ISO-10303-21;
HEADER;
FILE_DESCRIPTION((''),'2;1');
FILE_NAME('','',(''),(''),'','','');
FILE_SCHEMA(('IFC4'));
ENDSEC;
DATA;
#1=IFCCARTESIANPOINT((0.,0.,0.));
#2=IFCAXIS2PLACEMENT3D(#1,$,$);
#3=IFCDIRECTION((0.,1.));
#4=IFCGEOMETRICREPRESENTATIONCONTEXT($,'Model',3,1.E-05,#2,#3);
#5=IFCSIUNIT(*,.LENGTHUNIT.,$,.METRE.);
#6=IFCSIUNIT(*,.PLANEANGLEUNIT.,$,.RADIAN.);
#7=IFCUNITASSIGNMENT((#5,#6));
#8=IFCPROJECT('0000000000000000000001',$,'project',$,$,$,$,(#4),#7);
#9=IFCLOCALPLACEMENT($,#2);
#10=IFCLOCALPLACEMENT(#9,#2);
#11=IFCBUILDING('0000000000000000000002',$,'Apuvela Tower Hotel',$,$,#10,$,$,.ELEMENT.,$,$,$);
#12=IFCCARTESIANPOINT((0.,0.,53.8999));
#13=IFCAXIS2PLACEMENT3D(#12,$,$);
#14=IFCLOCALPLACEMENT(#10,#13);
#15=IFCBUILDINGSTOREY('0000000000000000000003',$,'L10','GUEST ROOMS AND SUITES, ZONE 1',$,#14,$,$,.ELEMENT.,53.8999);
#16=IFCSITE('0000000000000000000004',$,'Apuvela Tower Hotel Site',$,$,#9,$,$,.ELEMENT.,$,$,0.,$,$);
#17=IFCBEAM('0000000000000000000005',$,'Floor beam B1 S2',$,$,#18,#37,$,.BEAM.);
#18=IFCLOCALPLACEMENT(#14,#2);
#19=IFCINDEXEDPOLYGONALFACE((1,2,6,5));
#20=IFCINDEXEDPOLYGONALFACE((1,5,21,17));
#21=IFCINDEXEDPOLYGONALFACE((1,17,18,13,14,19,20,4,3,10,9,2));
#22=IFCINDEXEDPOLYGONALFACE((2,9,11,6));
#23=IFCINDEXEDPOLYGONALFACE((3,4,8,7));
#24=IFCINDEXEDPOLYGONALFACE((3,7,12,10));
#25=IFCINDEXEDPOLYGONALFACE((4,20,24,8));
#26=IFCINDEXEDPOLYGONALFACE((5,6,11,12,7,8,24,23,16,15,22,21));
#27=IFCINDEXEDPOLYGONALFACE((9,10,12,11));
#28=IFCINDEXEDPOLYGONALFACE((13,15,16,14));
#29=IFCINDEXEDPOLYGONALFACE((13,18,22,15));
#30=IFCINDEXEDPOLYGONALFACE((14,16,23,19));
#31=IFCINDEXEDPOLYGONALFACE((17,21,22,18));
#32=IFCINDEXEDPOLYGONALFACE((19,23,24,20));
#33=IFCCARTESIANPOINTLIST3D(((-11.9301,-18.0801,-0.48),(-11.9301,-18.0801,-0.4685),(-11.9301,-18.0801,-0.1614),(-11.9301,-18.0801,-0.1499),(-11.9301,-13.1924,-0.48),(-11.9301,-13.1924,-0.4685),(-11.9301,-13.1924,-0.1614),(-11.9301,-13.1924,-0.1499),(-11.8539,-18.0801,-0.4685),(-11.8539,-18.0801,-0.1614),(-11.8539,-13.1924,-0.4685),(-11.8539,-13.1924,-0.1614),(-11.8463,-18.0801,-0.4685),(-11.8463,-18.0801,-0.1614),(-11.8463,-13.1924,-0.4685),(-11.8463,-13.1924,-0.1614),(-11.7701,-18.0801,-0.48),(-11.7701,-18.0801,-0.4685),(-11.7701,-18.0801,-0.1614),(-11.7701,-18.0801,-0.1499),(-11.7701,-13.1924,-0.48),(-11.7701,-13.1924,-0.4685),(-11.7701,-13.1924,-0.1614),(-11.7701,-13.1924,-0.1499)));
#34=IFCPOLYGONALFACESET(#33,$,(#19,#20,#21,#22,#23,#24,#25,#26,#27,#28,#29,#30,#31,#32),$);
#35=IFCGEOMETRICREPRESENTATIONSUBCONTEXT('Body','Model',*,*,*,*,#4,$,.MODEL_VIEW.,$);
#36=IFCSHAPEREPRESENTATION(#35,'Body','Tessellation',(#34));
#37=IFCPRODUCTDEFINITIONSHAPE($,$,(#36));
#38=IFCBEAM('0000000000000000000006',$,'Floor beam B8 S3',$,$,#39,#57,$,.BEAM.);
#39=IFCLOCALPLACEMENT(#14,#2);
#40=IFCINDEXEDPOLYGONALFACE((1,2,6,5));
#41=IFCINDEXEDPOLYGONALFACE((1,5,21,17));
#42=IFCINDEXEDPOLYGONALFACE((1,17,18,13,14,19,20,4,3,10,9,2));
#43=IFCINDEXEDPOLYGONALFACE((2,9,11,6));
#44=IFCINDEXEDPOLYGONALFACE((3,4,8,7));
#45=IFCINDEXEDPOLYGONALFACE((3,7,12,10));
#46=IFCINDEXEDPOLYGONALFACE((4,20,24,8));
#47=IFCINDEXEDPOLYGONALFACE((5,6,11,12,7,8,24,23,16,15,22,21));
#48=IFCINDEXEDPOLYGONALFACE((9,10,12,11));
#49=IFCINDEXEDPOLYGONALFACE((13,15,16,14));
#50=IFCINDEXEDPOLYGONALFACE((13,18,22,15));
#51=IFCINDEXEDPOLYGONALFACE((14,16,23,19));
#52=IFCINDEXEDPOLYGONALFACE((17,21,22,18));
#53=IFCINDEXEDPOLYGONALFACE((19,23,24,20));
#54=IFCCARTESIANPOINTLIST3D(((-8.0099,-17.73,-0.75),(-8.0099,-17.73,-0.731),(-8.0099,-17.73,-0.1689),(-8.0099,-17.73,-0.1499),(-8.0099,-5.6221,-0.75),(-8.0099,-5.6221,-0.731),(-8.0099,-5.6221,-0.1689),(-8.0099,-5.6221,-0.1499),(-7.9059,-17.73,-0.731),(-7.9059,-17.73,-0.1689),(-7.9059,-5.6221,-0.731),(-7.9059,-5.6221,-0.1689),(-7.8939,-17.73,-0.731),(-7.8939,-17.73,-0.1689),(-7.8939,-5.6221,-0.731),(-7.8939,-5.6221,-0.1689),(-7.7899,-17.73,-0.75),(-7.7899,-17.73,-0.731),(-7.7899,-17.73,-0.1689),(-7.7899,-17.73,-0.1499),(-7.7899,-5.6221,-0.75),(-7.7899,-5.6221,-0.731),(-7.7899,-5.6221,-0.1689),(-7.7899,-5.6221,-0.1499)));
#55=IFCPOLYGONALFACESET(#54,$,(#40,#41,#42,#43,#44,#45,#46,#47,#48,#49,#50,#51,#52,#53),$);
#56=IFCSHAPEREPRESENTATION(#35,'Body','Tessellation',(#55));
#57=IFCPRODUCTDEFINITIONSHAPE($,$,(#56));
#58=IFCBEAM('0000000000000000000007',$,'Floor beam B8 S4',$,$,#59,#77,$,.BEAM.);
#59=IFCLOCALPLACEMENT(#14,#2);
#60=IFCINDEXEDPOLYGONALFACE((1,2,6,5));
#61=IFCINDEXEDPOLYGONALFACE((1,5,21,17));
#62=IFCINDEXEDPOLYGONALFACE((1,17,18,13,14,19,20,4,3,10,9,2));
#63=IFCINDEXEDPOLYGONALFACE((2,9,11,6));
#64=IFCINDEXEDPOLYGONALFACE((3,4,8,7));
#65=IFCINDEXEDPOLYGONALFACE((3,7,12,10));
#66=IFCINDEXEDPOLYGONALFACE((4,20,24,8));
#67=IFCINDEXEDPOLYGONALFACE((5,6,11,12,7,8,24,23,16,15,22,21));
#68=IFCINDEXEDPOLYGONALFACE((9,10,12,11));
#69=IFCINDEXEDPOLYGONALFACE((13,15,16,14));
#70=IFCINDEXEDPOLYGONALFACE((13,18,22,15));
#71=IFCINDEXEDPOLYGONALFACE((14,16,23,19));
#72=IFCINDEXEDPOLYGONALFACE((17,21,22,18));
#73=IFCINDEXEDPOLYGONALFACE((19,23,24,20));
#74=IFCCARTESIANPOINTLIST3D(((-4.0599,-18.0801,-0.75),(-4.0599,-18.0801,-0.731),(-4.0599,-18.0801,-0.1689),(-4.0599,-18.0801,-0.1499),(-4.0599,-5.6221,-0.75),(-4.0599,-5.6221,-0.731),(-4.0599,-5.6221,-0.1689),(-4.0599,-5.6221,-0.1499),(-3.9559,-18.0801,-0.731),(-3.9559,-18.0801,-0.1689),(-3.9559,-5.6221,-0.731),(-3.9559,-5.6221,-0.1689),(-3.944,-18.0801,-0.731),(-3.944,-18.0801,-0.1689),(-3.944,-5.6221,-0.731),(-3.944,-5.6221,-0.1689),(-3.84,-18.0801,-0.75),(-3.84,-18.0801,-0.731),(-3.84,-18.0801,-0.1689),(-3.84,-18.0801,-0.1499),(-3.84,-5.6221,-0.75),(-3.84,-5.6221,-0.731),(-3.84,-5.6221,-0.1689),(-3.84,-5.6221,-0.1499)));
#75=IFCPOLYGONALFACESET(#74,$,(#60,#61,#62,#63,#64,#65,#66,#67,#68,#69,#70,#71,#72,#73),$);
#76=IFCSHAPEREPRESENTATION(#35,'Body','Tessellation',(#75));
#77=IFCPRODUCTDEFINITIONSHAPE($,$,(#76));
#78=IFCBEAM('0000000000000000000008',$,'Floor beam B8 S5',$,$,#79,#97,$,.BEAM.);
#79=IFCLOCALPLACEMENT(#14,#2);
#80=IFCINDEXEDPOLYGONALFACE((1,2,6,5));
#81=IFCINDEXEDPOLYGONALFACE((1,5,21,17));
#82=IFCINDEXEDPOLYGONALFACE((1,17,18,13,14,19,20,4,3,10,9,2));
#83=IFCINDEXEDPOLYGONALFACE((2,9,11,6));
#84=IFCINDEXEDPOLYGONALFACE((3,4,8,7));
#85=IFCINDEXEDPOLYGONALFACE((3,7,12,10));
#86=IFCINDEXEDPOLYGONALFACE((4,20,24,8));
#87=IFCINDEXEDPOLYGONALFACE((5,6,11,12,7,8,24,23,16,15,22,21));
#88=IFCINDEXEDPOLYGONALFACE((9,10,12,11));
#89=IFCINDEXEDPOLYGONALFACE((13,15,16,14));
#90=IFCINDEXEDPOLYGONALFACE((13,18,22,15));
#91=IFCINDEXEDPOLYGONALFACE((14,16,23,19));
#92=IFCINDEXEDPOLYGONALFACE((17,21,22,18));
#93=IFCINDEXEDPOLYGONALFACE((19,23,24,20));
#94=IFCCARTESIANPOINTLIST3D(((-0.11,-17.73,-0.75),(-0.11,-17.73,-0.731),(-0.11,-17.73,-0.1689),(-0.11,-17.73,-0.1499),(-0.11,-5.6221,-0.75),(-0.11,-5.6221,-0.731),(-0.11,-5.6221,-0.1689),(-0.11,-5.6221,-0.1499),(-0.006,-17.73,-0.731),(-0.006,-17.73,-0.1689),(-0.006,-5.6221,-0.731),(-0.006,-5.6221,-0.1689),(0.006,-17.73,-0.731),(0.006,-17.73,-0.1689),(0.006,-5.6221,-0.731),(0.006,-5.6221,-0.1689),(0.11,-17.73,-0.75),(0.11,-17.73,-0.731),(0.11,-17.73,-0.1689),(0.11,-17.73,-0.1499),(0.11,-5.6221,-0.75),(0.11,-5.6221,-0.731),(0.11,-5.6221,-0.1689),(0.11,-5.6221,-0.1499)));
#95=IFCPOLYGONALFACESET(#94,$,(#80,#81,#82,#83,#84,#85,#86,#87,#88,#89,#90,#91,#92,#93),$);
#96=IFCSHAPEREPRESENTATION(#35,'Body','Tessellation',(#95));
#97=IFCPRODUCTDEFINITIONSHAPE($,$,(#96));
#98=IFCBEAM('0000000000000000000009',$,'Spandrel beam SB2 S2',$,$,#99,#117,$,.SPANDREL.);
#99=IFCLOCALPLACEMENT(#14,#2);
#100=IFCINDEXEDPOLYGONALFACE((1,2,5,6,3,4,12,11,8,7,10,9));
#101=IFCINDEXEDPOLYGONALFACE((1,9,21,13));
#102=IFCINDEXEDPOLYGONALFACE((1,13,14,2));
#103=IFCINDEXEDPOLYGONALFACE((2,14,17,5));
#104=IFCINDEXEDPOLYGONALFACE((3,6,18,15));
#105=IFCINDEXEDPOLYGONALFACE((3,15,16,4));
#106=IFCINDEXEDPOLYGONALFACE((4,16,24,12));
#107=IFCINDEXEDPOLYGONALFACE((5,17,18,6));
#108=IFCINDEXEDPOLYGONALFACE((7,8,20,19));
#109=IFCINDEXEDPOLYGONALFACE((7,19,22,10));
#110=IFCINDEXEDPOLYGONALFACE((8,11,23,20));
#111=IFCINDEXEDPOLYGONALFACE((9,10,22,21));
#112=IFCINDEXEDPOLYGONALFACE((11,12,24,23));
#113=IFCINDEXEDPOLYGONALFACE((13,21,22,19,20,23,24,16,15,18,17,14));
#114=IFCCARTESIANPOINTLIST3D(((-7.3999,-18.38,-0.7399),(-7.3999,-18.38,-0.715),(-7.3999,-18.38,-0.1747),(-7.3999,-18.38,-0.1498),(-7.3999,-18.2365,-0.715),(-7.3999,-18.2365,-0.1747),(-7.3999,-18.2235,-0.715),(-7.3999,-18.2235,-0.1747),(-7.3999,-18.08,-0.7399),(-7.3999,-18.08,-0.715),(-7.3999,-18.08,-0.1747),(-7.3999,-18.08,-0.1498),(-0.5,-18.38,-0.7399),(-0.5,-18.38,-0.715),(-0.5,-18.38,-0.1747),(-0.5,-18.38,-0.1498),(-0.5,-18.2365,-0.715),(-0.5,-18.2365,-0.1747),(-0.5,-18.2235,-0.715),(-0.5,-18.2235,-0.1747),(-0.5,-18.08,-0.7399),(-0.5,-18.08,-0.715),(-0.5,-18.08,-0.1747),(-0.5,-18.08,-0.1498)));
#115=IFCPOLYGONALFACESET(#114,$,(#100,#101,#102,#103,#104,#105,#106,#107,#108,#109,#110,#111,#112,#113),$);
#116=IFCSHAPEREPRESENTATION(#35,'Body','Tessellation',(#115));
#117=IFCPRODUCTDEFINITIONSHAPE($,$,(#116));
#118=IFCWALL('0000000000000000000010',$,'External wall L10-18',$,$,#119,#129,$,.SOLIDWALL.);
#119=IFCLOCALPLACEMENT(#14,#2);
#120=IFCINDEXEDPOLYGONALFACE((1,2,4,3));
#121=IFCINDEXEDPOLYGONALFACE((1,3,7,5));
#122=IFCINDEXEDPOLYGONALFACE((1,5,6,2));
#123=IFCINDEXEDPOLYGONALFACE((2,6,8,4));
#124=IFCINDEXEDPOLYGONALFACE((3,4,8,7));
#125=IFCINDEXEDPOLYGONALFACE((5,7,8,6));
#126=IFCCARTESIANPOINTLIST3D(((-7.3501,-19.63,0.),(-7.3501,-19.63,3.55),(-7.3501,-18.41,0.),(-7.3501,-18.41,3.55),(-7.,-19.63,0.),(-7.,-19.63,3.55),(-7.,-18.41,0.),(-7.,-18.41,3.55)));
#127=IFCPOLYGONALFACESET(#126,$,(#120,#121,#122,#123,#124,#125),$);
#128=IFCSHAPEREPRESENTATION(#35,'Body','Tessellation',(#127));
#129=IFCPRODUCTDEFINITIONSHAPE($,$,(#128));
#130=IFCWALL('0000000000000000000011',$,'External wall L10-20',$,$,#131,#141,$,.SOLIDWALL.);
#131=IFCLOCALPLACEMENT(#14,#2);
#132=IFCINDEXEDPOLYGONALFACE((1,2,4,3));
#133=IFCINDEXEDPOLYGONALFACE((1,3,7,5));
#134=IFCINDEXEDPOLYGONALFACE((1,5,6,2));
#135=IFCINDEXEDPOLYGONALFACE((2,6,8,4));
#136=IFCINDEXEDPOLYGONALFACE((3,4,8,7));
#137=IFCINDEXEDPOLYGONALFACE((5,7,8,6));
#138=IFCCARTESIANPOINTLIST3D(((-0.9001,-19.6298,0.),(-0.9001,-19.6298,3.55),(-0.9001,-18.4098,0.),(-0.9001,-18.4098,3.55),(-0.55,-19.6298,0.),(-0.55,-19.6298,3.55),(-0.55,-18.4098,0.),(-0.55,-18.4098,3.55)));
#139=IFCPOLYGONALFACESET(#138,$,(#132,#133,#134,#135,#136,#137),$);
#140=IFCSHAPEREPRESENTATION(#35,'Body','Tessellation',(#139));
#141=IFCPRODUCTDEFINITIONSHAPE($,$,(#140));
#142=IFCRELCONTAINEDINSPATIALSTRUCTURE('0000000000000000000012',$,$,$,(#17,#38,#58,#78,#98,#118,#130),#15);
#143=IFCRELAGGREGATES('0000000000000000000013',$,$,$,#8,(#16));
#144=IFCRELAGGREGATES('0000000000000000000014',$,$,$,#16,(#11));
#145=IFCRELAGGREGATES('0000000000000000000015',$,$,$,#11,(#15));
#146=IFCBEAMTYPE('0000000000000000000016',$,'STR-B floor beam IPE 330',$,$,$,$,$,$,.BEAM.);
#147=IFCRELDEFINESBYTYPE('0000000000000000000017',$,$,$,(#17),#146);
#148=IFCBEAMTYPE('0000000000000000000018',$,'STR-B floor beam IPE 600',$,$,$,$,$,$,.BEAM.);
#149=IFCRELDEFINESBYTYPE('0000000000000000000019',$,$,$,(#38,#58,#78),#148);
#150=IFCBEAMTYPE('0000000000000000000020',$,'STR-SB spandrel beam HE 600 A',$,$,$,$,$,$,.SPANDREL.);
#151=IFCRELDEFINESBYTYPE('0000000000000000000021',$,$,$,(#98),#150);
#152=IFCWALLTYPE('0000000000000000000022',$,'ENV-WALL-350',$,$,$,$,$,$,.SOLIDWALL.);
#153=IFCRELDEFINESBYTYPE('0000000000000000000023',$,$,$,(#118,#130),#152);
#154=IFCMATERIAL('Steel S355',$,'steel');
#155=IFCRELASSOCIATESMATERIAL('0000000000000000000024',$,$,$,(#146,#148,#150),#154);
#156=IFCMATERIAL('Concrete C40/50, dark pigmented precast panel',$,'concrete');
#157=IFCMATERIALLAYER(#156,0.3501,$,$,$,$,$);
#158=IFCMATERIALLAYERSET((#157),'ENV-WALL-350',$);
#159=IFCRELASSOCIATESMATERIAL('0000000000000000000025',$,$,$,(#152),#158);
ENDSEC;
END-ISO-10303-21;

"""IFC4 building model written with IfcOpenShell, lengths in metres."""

from ifc_helpers import new_model, si_unit, direction, frame, frame_2d, origin, origin_2d, place, context, subcontext, project, spatial, rectangle, i_section, extrude, material, layer, layer_set, material_profile, profile_set, type_object, element, save


model = new_model("IFC4")

# Units and contexts
model_context = context("Model", 3, precision=1e-05, world=origin(), true_north=direction((0.0, 1.0)))
body_context = subcontext(model_context, "Body", "Model", "MODEL_VIEW")
ifc_project = project(units=[si_unit("LENGTHUNIT", "METRE"), si_unit("PLANEANGLEUNIT", "RADIAN")], contexts=[model_context])

# Site, building, storey
site_placement = place(None, origin())
site = spatial("IfcSite", under=ifc_project, at=site_placement, Name="Apuvela Tower Hotel Site", CompositionType="ELEMENT", RefElevation=0.0)
building_placement = place(site_placement, origin())
building = spatial("IfcBuilding", under=site, at=building_placement, Name="Apuvela Tower Hotel", CompositionType="ELEMENT")
storey_placement = place(building_placement, frame((0.0, 0.0, 53.8999)))
storey = spatial("IfcBuildingStorey", under=building, at=storey_placement, Name="L10", Description="GUEST ROOMS AND SUITES, ZONE 1", CompositionType="ELEMENT", Elevation=53.8999)

# Beams
ifc_material_1 = material(Name="Steel S355", Category="steel")
ifc_material_profile_1 = material_profile(ifc_material_1, i_section(OverallWidth=0.1599, OverallDepth=0.3301, WebThickness=0.0076, FlangeThickness=0.0115, at=origin_2d()), Name="IPE 330")
ifc_profile_set_1 = profile_set([ifc_material_profile_1], Name="Steel S355")
beam_type_1 = type_object("IfcBeamType", Name="STR-B floor beam IPE 330", PredefinedType="BEAM", material=ifc_profile_set_1)
beam_1_placement = place(storey_placement, frame((-11.8501, -18.0801, -0.3149), z_axis=(0.0, 1.0, 0.0), x_axis=(-1.0, 0.0, 0.0)))
element("IfcBeam", 1, at=beam_1_placement, inside=storey, type_object=beam_type_1, Name="Floor beam B1 S2", PredefinedType="BEAM", context=body_context, shape_type="SweptSolid", body=[
    extrude(i_section(OverallWidth=0.1599, OverallDepth=0.3301, WebThickness=0.0076, FlangeThickness=0.0115, at=origin_2d()), origin(), (0.0, 0.0, 1.0), 4.8877),
])
ifc_material_profile_2 = material_profile(ifc_material_1, i_section(OverallWidth=0.22, OverallDepth=0.6001, WebThickness=0.012, FlangeThickness=0.019, at=origin_2d()), Name="IPE 600")
ifc_profile_set_2 = profile_set([ifc_material_profile_2], Name="Steel S355")
beam_type_2 = type_object("IfcBeamType", Name="STR-B floor beam IPE 600", PredefinedType="BEAM", material=ifc_profile_set_2)
beam_2_placement = place(storey_placement, frame((-7.8999, -17.73, -0.45), z_axis=(0.0, 1.0, 0.0), x_axis=(-1.0, 0.0, 0.0)))
element("IfcBeam", 2, at=beam_2_placement, inside=storey, type_object=beam_type_2, Name="Floor beam B8 S3", PredefinedType="BEAM", context=body_context, shape_type="SweptSolid", body=[
    extrude(i_section(OverallWidth=0.22, OverallDepth=0.6001, WebThickness=0.012, FlangeThickness=0.019, at=origin_2d()), origin(), (0.0, 0.0, 1.0), 12.1079),
])
beam_3_placement = place(storey_placement, frame((-3.95, -18.0801, -0.45), z_axis=(0.0, 1.0, 0.0), x_axis=(-1.0, 0.0, 0.0)))
element("IfcBeam", 3, at=beam_3_placement, inside=storey, type_object=beam_type_2, Name="Floor beam B8 S4", PredefinedType="BEAM", context=body_context, shape_type="SweptSolid", body=[
    extrude(i_section(OverallWidth=0.22, OverallDepth=0.6001, WebThickness=0.012, FlangeThickness=0.019, at=origin_2d()), origin(), (0.0, 0.0, 1.0), 12.458),
])
beam_4_placement = place(storey_placement, frame((0.0, -17.73, -0.45), z_axis=(0.0, 1.0, 0.0), x_axis=(-1.0, 0.0, 0.0)))
element("IfcBeam", 4, at=beam_4_placement, inside=storey, type_object=beam_type_2, Name="Floor beam B8 S5", PredefinedType="BEAM", context=body_context, shape_type="SweptSolid", body=[
    extrude(i_section(OverallWidth=0.22, OverallDepth=0.6001, WebThickness=0.012, FlangeThickness=0.019, at=origin_2d()), origin(), (0.0, 0.0, 1.0), 12.1079),
])
ifc_material_profile_3 = material_profile(ifc_material_1, i_section(OverallWidth=0.3, OverallDepth=0.5901, WebThickness=0.0129, FlangeThickness=0.0249, at=origin_2d()), Name="HE 600 A")
ifc_profile_set_3 = profile_set([ifc_material_profile_3], Name="Steel S355")
beam_type_3 = type_object("IfcBeamType", Name="STR-SB spandrel beam HE 600 A", PredefinedType="SPANDREL", material=ifc_profile_set_3)
beam_5_placement = place(storey_placement, frame((-7.3999, -18.23, -0.4448), z_axis=(1.0, 0.0, 0.0), x_axis=(0.0, 1.0, 0.0)))
element("IfcBeam", 5, at=beam_5_placement, inside=storey, type_object=beam_type_3, Name="Spandrel beam SB2 S2", PredefinedType="SPANDREL", context=body_context, shape_type="SweptSolid", body=[
    extrude(i_section(OverallWidth=0.3, OverallDepth=0.5901, WebThickness=0.0129, FlangeThickness=0.0249, at=origin_2d()), origin(), (0.0, 0.0, 1.0), 6.8999),
])

# Wall
ifc_material_2 = material(Name="Concrete C40/50, dark pigmented precast panel", Category="concrete")
ifc_layer_1 = layer(ifc_material_2, 0.3501)
ifc_layer_set_1 = layer_set([ifc_layer_1], Name="ENV-WALL-350")
wall_type_1 = type_object("IfcWallType", Name="ENV-WALL-350", PredefinedType="SOLIDWALL", material=ifc_layer_set_1)
wall_1_placement = place(storey_placement, frame((-7.175, -19.6299, 0.0), z_axis=(0.0, 0.0, 1.0), x_axis=(0.0, 1.0, 0.0)))
element("IfcWall", 6, at=wall_1_placement, inside=storey, type_object=wall_type_1, Name="External wall L10-18", PredefinedType="SOLIDWALL", context=body_context, shape_type="SweptSolid", body=[
    extrude(rectangle(XDim=1.22, YDim=0.3501, at=frame_2d((0.6099, 0.0))), origin(), (0.0, 0.0, 1.0), 3.55),
])

# Wall
wall_2_placement = place(storey_placement, frame((-0.7251, -18.4099, 0.0), z_axis=(0.0, 0.0, 1.0), x_axis=(0.0, -1.0, 0.0)))
element("IfcWall", 7, at=wall_2_placement, inside=storey, type_object=wall_type_1, Name="External wall L10-20", PredefinedType="SOLIDWALL", context=body_context, shape_type="SweptSolid", body=[
    extrude(rectangle(XDim=1.22, YDim=0.3501, at=frame_2d((0.6099, 0.0))), origin(), (0.0, 0.0, 1.0), 3.55),
])

save(model, "model.ifc")
